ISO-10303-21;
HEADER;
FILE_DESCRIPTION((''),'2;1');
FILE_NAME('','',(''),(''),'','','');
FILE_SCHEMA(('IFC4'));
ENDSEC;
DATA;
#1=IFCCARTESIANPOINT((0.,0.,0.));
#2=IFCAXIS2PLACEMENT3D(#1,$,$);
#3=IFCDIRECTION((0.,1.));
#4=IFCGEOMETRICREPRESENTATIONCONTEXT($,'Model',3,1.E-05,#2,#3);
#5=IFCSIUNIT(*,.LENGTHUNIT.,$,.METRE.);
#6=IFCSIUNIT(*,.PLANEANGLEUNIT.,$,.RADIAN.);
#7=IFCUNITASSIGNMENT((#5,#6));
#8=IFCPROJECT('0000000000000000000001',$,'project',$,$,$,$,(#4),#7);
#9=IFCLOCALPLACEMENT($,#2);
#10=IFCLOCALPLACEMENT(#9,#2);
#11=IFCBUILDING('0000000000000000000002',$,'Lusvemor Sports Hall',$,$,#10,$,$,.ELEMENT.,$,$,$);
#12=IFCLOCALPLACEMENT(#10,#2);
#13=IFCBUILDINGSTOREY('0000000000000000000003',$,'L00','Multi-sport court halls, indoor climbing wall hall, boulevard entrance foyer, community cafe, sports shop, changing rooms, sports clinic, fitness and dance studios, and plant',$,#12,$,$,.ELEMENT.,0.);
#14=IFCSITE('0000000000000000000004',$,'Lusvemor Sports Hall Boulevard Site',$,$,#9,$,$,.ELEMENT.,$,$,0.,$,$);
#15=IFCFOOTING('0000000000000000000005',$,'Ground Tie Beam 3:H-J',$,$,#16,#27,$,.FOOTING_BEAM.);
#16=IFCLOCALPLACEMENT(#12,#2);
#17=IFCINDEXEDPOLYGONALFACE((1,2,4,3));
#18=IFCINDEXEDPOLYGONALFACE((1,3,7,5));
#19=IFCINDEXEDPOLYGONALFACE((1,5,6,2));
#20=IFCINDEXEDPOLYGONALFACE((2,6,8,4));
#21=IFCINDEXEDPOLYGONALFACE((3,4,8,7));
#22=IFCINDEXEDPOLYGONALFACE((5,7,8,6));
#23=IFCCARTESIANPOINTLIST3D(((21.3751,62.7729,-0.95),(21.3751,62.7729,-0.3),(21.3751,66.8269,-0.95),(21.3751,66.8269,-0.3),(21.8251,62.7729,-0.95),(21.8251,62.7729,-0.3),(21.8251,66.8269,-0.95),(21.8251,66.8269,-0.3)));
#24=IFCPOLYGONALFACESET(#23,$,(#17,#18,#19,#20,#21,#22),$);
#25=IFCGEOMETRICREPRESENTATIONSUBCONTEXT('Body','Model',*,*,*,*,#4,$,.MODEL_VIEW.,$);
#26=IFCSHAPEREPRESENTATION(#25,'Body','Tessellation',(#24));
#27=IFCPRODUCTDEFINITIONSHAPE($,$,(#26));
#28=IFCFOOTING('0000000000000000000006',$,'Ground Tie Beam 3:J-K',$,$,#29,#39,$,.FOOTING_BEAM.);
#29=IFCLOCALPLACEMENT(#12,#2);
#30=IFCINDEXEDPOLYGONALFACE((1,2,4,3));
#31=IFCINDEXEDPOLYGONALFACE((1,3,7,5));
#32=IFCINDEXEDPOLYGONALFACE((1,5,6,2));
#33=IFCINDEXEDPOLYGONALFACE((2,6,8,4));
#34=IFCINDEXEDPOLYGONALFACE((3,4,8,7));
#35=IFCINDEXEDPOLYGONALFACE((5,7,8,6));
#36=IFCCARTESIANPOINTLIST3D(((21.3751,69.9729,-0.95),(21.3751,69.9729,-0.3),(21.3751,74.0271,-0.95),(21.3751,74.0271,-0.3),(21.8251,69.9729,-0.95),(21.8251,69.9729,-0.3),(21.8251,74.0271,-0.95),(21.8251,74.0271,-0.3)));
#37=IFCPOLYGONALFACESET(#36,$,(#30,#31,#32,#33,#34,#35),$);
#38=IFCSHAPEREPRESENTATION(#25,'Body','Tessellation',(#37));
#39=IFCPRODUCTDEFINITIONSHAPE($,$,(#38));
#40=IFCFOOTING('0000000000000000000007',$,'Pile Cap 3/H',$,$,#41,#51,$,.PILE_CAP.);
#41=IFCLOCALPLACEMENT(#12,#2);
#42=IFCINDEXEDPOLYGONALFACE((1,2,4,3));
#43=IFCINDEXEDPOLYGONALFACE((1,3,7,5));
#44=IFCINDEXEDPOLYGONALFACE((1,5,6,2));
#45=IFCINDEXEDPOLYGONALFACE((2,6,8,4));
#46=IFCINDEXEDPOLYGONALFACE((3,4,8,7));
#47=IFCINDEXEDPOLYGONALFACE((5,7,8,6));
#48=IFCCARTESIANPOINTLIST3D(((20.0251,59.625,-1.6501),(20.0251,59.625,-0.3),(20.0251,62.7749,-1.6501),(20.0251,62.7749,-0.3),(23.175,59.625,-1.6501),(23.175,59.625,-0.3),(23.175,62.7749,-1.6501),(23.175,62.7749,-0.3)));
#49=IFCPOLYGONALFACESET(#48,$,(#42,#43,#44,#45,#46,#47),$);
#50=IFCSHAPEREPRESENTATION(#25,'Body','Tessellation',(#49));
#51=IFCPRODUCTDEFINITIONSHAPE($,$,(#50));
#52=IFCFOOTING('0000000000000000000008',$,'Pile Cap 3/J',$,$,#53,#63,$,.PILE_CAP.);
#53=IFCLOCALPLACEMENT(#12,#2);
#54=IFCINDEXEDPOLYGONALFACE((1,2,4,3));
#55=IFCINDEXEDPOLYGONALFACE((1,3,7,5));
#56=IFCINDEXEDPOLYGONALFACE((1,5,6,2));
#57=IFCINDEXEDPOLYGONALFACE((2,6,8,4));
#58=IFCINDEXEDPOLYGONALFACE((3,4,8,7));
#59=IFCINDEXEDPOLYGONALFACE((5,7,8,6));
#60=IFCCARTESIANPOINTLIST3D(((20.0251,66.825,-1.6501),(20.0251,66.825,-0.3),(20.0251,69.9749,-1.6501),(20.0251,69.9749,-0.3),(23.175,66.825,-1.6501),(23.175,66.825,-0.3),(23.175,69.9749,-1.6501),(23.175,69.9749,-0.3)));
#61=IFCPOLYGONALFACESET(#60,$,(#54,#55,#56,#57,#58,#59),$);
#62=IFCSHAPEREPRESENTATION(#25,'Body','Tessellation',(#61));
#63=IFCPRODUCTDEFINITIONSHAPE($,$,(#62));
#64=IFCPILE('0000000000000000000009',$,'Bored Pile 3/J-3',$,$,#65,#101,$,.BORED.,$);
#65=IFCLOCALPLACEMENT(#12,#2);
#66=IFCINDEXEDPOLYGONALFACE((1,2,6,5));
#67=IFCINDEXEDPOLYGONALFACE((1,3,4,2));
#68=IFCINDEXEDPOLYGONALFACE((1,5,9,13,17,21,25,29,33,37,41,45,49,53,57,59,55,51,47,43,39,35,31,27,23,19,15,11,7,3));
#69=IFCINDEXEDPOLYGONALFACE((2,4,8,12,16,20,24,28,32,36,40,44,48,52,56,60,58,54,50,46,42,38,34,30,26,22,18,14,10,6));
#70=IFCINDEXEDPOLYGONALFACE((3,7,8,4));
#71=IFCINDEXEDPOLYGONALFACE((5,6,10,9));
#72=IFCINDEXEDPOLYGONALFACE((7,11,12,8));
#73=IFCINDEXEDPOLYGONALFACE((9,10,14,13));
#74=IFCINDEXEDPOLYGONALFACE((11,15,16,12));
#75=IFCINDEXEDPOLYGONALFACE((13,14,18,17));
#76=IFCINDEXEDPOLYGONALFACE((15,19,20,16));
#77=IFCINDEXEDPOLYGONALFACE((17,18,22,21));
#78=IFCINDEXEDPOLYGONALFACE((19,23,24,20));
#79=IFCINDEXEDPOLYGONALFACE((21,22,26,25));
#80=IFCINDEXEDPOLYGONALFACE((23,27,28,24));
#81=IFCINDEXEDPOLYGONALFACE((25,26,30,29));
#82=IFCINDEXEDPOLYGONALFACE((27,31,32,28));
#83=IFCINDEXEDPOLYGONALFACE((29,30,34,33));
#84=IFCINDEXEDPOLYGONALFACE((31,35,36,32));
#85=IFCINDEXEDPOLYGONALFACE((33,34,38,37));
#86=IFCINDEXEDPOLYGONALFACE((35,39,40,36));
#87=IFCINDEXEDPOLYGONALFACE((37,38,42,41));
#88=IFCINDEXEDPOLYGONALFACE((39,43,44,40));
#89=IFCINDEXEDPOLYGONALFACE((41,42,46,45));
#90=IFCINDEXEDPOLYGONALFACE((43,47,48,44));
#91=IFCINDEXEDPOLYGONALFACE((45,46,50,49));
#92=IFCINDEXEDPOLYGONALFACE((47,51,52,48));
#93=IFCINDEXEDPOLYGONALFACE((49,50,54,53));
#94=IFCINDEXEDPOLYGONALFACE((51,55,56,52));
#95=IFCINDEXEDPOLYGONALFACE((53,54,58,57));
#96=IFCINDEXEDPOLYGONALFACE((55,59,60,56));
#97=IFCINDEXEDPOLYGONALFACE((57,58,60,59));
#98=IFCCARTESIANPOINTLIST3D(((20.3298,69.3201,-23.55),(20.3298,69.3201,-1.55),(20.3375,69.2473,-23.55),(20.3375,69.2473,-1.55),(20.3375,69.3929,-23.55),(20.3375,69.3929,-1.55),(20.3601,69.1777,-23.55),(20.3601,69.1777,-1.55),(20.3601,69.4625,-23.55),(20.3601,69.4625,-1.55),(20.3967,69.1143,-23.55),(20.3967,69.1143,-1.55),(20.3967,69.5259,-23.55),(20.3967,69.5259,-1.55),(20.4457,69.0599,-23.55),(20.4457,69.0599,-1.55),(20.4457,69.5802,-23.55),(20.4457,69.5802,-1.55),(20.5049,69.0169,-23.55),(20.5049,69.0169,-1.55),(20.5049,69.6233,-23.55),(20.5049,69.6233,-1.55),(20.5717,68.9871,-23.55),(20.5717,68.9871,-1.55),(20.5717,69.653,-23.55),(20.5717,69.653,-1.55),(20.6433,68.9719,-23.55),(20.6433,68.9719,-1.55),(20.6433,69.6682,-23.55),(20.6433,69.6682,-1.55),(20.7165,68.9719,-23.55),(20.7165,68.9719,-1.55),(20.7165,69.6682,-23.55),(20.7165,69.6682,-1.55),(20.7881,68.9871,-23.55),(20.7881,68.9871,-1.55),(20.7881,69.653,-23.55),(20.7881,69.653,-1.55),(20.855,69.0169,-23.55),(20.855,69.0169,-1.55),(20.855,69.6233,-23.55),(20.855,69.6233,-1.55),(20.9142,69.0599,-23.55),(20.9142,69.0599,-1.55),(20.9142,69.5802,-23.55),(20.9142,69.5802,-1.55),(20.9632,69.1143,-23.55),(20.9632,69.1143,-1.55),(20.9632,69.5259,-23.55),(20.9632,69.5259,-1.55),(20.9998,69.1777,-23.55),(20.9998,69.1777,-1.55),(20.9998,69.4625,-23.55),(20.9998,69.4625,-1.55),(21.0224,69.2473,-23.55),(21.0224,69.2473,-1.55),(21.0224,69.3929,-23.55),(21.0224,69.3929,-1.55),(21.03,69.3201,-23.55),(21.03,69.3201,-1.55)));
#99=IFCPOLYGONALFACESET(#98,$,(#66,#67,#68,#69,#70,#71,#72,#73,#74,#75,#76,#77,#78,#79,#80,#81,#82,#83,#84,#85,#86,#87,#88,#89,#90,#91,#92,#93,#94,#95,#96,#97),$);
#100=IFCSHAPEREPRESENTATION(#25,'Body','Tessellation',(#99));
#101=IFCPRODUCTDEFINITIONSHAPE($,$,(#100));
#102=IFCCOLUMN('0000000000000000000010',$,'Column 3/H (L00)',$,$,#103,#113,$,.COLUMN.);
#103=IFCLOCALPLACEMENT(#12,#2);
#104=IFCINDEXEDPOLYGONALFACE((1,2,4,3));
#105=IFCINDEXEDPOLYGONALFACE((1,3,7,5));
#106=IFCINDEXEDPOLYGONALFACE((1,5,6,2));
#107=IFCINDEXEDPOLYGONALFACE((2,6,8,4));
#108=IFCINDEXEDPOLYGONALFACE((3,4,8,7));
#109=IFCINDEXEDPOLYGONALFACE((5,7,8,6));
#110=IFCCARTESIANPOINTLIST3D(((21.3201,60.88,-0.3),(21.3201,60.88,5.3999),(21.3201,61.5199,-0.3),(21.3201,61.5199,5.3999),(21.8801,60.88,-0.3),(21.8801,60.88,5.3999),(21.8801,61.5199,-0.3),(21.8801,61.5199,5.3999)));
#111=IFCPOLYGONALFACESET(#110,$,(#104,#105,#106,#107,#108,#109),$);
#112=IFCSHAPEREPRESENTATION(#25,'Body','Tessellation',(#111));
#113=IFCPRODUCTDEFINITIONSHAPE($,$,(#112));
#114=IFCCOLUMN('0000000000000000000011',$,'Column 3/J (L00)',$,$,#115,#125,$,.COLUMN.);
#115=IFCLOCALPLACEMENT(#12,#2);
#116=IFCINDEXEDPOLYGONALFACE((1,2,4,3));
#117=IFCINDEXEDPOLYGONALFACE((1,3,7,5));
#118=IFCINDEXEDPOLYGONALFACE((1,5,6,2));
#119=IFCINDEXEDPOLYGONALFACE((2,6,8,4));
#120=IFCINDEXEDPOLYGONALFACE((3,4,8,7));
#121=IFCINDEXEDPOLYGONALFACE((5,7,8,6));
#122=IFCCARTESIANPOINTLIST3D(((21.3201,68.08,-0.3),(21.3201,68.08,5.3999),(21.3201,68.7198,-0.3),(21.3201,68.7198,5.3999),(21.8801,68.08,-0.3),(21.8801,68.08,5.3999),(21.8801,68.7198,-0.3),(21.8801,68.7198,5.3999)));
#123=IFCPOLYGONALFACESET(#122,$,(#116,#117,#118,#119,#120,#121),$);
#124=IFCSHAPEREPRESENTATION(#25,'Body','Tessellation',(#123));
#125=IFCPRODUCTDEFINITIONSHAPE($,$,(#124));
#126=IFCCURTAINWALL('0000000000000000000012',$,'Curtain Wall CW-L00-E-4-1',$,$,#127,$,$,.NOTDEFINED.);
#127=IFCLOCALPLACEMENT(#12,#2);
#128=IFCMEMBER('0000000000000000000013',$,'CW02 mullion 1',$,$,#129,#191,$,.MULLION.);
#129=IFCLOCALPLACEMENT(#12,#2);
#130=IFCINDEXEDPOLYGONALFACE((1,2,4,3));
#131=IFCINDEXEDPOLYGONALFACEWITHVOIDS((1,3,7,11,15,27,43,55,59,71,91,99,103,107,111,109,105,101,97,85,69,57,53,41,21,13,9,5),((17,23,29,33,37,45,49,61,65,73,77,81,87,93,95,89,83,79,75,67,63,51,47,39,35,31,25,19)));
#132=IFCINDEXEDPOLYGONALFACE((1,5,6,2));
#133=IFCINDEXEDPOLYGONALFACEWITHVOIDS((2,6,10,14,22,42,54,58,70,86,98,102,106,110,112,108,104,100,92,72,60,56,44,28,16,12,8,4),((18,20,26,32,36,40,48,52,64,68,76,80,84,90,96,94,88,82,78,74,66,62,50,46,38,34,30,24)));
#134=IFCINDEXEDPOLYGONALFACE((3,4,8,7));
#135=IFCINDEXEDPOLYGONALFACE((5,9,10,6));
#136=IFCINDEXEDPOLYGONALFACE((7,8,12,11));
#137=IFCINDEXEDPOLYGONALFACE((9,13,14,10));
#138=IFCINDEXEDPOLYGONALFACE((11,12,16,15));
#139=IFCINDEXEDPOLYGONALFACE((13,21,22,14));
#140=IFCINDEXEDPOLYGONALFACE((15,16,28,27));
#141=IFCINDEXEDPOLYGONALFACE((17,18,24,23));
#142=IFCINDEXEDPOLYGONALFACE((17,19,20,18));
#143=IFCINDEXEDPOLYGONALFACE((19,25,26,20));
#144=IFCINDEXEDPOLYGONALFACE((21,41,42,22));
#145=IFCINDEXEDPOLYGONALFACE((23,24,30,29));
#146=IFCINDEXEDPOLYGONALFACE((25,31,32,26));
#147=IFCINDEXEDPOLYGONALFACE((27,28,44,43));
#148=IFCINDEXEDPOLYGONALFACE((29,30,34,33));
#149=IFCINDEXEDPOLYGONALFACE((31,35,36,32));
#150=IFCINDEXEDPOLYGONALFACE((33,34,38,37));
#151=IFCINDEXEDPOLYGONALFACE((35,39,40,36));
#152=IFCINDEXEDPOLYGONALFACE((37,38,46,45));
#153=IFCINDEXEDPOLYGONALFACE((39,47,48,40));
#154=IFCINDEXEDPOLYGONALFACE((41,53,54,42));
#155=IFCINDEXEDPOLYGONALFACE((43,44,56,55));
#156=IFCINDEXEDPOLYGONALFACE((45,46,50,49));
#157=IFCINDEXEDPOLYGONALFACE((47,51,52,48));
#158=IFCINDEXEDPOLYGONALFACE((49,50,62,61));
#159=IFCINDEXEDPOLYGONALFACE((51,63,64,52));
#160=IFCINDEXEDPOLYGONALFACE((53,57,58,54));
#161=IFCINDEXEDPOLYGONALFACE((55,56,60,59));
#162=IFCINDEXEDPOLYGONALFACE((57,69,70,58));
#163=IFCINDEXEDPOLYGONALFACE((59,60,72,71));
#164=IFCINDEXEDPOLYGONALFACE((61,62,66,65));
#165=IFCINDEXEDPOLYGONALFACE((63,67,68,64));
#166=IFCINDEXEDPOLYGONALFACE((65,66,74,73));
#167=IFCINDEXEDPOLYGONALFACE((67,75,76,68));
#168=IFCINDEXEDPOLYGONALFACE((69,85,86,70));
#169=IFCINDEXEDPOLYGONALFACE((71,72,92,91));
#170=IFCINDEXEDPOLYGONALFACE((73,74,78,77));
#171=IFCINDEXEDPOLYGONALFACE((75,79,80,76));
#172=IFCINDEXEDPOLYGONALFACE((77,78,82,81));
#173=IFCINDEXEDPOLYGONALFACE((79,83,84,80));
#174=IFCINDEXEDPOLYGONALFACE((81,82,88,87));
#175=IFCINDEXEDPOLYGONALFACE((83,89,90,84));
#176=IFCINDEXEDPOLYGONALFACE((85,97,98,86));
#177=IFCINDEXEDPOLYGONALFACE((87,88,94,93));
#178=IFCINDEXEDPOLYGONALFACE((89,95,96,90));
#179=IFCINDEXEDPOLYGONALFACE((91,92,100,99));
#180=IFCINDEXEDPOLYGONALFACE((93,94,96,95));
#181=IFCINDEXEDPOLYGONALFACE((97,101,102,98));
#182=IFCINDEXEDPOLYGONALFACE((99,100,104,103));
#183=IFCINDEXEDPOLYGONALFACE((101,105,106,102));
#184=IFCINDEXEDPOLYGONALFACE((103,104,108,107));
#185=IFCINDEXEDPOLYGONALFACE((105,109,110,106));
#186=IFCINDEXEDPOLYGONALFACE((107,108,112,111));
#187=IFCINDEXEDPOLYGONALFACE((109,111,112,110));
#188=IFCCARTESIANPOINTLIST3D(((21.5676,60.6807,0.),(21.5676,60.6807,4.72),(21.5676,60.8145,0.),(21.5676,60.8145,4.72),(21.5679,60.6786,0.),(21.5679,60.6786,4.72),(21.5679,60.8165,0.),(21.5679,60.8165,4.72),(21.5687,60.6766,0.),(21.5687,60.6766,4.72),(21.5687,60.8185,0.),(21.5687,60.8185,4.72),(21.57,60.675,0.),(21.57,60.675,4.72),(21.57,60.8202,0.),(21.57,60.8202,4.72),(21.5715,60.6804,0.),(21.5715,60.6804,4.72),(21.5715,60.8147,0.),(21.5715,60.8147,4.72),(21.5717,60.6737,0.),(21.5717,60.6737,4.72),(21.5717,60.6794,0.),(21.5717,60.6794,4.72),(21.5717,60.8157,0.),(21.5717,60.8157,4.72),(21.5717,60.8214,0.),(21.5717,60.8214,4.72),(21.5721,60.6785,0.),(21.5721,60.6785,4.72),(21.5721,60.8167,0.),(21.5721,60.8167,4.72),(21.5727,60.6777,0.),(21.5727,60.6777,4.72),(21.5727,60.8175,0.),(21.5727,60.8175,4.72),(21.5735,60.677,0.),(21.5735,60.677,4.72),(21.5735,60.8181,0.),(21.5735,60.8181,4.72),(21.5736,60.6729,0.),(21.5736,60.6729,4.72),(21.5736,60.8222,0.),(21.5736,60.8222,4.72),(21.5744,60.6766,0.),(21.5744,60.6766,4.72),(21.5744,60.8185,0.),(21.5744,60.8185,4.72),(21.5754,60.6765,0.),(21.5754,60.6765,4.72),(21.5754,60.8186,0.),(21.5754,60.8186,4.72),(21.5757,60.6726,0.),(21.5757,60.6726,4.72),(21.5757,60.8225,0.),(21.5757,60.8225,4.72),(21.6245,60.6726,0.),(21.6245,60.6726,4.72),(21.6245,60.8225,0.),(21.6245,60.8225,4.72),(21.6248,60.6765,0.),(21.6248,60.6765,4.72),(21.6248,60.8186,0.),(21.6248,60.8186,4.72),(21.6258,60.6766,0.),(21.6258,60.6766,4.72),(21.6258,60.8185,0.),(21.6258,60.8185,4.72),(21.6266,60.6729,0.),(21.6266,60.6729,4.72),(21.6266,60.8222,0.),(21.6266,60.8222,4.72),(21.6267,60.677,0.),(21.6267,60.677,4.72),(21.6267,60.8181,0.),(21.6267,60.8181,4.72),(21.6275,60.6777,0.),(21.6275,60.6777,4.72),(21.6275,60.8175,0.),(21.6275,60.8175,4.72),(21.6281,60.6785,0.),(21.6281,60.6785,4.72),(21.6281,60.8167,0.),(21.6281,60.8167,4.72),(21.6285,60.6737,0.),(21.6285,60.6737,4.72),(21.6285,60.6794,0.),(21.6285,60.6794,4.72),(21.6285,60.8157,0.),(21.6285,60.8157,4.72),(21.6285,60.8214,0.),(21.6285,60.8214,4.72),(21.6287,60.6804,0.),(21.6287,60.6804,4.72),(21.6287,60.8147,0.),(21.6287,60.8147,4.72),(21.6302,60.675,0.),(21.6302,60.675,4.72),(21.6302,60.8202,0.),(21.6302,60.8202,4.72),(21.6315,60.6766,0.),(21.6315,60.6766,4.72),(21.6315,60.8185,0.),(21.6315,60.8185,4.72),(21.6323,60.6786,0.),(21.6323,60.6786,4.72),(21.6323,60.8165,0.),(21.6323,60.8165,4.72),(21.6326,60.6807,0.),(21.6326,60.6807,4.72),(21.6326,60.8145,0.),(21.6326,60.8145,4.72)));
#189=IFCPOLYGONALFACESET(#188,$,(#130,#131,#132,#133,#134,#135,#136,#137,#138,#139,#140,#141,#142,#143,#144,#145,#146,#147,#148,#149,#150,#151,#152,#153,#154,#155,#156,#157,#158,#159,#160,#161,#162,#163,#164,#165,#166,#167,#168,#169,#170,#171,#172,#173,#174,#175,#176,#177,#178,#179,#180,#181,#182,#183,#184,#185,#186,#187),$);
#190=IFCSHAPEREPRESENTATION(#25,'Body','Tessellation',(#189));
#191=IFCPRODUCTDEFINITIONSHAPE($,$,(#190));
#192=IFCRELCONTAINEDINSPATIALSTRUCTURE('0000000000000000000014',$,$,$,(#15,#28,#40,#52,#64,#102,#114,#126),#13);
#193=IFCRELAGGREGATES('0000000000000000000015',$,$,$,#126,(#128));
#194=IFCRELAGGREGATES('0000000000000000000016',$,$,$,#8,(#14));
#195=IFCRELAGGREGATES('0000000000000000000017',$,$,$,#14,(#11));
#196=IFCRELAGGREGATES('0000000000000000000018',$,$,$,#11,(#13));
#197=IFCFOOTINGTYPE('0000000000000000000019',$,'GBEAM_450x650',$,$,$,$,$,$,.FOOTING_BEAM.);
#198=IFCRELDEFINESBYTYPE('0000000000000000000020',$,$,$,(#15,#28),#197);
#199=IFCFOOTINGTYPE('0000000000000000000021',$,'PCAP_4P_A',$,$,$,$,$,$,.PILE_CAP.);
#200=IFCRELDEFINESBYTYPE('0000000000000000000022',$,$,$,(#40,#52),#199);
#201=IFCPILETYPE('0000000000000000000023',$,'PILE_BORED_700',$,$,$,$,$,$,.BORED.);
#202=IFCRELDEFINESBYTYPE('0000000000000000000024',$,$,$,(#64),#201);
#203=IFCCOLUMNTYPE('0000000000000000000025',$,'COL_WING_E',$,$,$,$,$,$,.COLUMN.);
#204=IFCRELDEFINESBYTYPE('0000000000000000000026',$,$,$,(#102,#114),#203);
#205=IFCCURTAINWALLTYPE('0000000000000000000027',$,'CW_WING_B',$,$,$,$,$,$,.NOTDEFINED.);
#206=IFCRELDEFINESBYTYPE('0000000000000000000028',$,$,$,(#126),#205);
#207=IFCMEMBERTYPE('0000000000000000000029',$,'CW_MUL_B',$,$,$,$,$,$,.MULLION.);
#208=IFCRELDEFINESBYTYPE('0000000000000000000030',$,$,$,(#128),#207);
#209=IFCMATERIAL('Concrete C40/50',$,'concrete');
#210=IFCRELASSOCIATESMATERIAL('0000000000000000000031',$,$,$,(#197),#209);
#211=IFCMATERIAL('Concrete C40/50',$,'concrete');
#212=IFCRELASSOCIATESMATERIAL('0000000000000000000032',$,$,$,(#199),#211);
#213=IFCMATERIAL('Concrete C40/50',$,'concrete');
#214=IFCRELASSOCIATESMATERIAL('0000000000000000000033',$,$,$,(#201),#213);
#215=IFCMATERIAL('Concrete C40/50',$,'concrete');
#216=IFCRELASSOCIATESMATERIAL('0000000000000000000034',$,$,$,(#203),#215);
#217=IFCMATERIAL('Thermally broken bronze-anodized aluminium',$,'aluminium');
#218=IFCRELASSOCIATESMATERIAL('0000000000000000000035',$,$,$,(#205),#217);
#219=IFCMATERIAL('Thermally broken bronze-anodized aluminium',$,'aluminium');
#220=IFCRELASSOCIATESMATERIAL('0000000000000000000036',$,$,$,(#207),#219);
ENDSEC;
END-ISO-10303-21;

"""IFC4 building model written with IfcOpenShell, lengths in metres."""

from ifc_helpers import new_model, si_unit, direction, frame, origin, origin_2d, place, context, subcontext, project, spatial, rectangle, hollow_rectangle, circle, extrude, material, material_profile, profile_set, type_object, element, aggregate, save


model = new_model("IFC4")

# Units and contexts
model_context = context("Model", 3, precision=1e-05, world=origin(), true_north=direction((0.0, 1.0)))
body_context = subcontext(model_context, "Body", "Model", "MODEL_VIEW")
ifc_project = project(units=[si_unit("LENGTHUNIT", "METRE"), si_unit("PLANEANGLEUNIT", "RADIAN")], contexts=[model_context])

# Site, building, storey
site_placement = place(None, origin())
site = spatial("IfcSite", under=ifc_project, at=site_placement, Name="Lusvemor Sports Hall Boulevard Site", CompositionType="ELEMENT", RefElevation=0.0)
building_placement = place(site_placement, origin())
building = spatial("IfcBuilding", under=site, at=building_placement, Name="Lusvemor Sports Hall", CompositionType="ELEMENT")
storey_placement = place(building_placement, origin())
storey = spatial("IfcBuildingStorey", under=building, at=storey_placement, Name="L00", Description="Multi-sport court halls, indoor climbing wall hall, boulevard entrance foyer, community cafe, sports shop, changing rooms, sports clinic, fitness and dance studios, and plant", CompositionType="ELEMENT", Elevation=0.0)

# Footings
ifc_material_1 = material(Name="Concrete C40/50", Category="concrete")
ifc_material_profile_1 = material_profile(ifc_material_1, rectangle(XDim=0.45, YDim=0.6499, at=origin_2d()), Name="GB_450x650")
ifc_profile_set_1 = profile_set([ifc_material_profile_1], Name="Concrete C40/50")
footing_type_1 = type_object("IfcFootingType", Name="GBEAM_450x650", PredefinedType="FOOTING_BEAM", material=ifc_profile_set_1)
footing_1_placement = place(storey_placement, frame((21.6001, 62.7729, -0.625), z_axis=(0.0, 1.0, 0.0), x_axis=(-1.0, 0.0, 0.0)))
element("IfcFooting", 1, at=footing_1_placement, inside=storey, type_object=footing_type_1, Name="Ground Tie Beam 3:H-J", PredefinedType="FOOTING_BEAM", context=body_context, shape_type="SweptSolid", body=[
    extrude(rectangle(XDim=0.45, YDim=0.6499, at=origin_2d()), origin(), (0.0, 0.0, 1.0), 4.054),
])
footing_2_placement = place(storey_placement, frame((21.6001, 69.9729, -0.625), z_axis=(0.0, 1.0, 0.0), x_axis=(-1.0, 0.0, 0.0)))
element("IfcFooting", 2, at=footing_2_placement, inside=storey, type_object=footing_type_1, Name="Ground Tie Beam 3:J-K", PredefinedType="FOOTING_BEAM", context=body_context, shape_type="SweptSolid", body=[
    extrude(rectangle(XDim=0.45, YDim=0.6499, at=origin_2d()), origin(), (0.0, 0.0, 1.0), 4.0542),
])
ifc_material_2 = material(Name="Concrete C40/50", Category="concrete")
footing_type_2 = type_object("IfcFootingType", Name="PCAP_4P_A", PredefinedType="PILE_CAP", material=ifc_material_2)
for number, where, z_axis, x_axis, name in (
    (3, (21.6001, 61.2, -1.6501), (0.0, 0.0, 1.0), (1.0, 0.0, 0.0), "Pile Cap 3/H"),
    (4, (21.6001, 68.3999, -1.6501), (0.0, 0.0, 1.0), (1.0, 0.0, 0.0), "Pile Cap 3/J"),
):
    element("IfcFooting", number, at=place(storey_placement, frame(where, z_axis=z_axis, x_axis=x_axis)), inside=storey, type_object=footing_type_2, Name=name, PredefinedType="PILE_CAP", context=body_context, shape_type="SweptSolid", body=[
        extrude(rectangle(XDim=3.1499, YDim=3.1499, at=origin_2d()), origin(), (0.0, 0.0, 1.0), 1.3501),
    ])

# Pile
ifc_material_3 = material(Name="Concrete C40/50", Category="concrete")
ifc_material_profile_2 = material_profile(ifc_material_3, circle(Radius=0.3501, at=origin_2d()), Name="PILE700")
ifc_profile_set_2 = profile_set([ifc_material_profile_2], Name="Concrete C40/50")
pile_type = type_object("IfcPileType", Name="PILE_BORED_700", PredefinedType="BORED", material=ifc_profile_set_2)
pile_placement = place(storey_placement, frame((20.6799, 69.3201, -1.55), z_axis=(0.0, 0.0, -1.0), x_axis=(1.0, 0.0, 0.0)))
element("IfcPile", 5, at=pile_placement, inside=storey, type_object=pile_type, Name="Bored Pile 3/J-3", PredefinedType="BORED", context=body_context, shape_type="SweptSolid", body=[
    extrude(circle(Radius=0.3501, at=origin_2d()), origin(), (0.0, 0.0, 1.0), 22.0),
])

# Columns
ifc_material_4 = material(Name="Concrete C40/50", Category="concrete")
ifc_material_profile_3 = material_profile(ifc_material_4, rectangle(XDim=0.5601, YDim=0.6399, at=origin_2d()), Name="RC560x640")
ifc_profile_set_3 = profile_set([ifc_material_profile_3], Name="Concrete C40/50")
column_type = type_object("IfcColumnType", Name="COL_WING_E", PredefinedType="COLUMN", material=ifc_profile_set_3)
for number, where, z_axis, x_axis, name in (
    (6, (21.6001, 61.2, -0.3), (0.0, 0.0, 1.0), (1.0, 0.0, 0.0), "Column 3/H (L00)"),
    (7, (21.6001, 68.3999, -0.3), (0.0, 0.0, 1.0), (1.0, 0.0, 0.0), "Column 3/J (L00)"),
):
    element("IfcColumn", number, at=place(storey_placement, frame(where, z_axis=z_axis, x_axis=x_axis)), inside=storey, type_object=column_type, Name=name, PredefinedType="COLUMN", context=body_context, shape_type="SweptSolid", body=[
        extrude(rectangle(XDim=0.5601, YDim=0.6399, at=origin_2d()), origin(), (0.0, 0.0, 1.0), 5.7),
    ])

# Curtain wall, member
ifc_material_5 = material(Name="Thermally broken bronze-anodized aluminium", Category="aluminium")
curtain_wall_type = type_object("IfcCurtainWallType", Name="CW_WING_B", PredefinedType="NOTDEFINED", material=ifc_material_5)
curtain_wall_1_placement = place(storey_placement, origin())
curtain_wall_1 = element("IfcCurtainWall", 8, at=curtain_wall_1_placement, inside=storey, type_object=curtain_wall_type, Name="Curtain Wall CW-L00-E-4-1", PredefinedType="NOTDEFINED")
ifc_material_6 = material(Name="Thermally broken bronze-anodized aluminium", Category="aluminium")
ifc_material_profile_4 = material_profile(ifc_material_6, hollow_rectangle(XDim=0.0649, YDim=0.1499, WallThickness=0.0039, InnerFilletRadius=0.0039, OuterFilletRadius=0.0081, at=origin_2d()), Name="CWMUL150x65x4")
ifc_profile_set_4 = profile_set([ifc_material_profile_4], Name="Thermally broken bronze-anodized aluminium")
member_type_1 = type_object("IfcMemberType", Name="CW_MUL_B", PredefinedType="MULLION", material=ifc_profile_set_4)
member_1_placement = place(storey_placement, frame((21.6001, 60.7476, 0.0), z_axis=(0.0, 0.0, 1.0), x_axis=(1.0, 0.0, 0.0)))
member_1 = element("IfcMember", 9, at=member_1_placement, type_object=member_type_1, Name="CW02 mullion 1", PredefinedType="MULLION", context=body_context, shape_type="SweptSolid", body=[
    extrude(hollow_rectangle(XDim=0.0649, YDim=0.1499, WallThickness=0.0039, InnerFilletRadius=0.0039, OuterFilletRadius=0.0081, at=origin_2d()), origin(), (0.0, 0.0, 1.0), 4.72),
])

aggregate(curtain_wall_1, [member_1])

save(model, "model.ifc")
